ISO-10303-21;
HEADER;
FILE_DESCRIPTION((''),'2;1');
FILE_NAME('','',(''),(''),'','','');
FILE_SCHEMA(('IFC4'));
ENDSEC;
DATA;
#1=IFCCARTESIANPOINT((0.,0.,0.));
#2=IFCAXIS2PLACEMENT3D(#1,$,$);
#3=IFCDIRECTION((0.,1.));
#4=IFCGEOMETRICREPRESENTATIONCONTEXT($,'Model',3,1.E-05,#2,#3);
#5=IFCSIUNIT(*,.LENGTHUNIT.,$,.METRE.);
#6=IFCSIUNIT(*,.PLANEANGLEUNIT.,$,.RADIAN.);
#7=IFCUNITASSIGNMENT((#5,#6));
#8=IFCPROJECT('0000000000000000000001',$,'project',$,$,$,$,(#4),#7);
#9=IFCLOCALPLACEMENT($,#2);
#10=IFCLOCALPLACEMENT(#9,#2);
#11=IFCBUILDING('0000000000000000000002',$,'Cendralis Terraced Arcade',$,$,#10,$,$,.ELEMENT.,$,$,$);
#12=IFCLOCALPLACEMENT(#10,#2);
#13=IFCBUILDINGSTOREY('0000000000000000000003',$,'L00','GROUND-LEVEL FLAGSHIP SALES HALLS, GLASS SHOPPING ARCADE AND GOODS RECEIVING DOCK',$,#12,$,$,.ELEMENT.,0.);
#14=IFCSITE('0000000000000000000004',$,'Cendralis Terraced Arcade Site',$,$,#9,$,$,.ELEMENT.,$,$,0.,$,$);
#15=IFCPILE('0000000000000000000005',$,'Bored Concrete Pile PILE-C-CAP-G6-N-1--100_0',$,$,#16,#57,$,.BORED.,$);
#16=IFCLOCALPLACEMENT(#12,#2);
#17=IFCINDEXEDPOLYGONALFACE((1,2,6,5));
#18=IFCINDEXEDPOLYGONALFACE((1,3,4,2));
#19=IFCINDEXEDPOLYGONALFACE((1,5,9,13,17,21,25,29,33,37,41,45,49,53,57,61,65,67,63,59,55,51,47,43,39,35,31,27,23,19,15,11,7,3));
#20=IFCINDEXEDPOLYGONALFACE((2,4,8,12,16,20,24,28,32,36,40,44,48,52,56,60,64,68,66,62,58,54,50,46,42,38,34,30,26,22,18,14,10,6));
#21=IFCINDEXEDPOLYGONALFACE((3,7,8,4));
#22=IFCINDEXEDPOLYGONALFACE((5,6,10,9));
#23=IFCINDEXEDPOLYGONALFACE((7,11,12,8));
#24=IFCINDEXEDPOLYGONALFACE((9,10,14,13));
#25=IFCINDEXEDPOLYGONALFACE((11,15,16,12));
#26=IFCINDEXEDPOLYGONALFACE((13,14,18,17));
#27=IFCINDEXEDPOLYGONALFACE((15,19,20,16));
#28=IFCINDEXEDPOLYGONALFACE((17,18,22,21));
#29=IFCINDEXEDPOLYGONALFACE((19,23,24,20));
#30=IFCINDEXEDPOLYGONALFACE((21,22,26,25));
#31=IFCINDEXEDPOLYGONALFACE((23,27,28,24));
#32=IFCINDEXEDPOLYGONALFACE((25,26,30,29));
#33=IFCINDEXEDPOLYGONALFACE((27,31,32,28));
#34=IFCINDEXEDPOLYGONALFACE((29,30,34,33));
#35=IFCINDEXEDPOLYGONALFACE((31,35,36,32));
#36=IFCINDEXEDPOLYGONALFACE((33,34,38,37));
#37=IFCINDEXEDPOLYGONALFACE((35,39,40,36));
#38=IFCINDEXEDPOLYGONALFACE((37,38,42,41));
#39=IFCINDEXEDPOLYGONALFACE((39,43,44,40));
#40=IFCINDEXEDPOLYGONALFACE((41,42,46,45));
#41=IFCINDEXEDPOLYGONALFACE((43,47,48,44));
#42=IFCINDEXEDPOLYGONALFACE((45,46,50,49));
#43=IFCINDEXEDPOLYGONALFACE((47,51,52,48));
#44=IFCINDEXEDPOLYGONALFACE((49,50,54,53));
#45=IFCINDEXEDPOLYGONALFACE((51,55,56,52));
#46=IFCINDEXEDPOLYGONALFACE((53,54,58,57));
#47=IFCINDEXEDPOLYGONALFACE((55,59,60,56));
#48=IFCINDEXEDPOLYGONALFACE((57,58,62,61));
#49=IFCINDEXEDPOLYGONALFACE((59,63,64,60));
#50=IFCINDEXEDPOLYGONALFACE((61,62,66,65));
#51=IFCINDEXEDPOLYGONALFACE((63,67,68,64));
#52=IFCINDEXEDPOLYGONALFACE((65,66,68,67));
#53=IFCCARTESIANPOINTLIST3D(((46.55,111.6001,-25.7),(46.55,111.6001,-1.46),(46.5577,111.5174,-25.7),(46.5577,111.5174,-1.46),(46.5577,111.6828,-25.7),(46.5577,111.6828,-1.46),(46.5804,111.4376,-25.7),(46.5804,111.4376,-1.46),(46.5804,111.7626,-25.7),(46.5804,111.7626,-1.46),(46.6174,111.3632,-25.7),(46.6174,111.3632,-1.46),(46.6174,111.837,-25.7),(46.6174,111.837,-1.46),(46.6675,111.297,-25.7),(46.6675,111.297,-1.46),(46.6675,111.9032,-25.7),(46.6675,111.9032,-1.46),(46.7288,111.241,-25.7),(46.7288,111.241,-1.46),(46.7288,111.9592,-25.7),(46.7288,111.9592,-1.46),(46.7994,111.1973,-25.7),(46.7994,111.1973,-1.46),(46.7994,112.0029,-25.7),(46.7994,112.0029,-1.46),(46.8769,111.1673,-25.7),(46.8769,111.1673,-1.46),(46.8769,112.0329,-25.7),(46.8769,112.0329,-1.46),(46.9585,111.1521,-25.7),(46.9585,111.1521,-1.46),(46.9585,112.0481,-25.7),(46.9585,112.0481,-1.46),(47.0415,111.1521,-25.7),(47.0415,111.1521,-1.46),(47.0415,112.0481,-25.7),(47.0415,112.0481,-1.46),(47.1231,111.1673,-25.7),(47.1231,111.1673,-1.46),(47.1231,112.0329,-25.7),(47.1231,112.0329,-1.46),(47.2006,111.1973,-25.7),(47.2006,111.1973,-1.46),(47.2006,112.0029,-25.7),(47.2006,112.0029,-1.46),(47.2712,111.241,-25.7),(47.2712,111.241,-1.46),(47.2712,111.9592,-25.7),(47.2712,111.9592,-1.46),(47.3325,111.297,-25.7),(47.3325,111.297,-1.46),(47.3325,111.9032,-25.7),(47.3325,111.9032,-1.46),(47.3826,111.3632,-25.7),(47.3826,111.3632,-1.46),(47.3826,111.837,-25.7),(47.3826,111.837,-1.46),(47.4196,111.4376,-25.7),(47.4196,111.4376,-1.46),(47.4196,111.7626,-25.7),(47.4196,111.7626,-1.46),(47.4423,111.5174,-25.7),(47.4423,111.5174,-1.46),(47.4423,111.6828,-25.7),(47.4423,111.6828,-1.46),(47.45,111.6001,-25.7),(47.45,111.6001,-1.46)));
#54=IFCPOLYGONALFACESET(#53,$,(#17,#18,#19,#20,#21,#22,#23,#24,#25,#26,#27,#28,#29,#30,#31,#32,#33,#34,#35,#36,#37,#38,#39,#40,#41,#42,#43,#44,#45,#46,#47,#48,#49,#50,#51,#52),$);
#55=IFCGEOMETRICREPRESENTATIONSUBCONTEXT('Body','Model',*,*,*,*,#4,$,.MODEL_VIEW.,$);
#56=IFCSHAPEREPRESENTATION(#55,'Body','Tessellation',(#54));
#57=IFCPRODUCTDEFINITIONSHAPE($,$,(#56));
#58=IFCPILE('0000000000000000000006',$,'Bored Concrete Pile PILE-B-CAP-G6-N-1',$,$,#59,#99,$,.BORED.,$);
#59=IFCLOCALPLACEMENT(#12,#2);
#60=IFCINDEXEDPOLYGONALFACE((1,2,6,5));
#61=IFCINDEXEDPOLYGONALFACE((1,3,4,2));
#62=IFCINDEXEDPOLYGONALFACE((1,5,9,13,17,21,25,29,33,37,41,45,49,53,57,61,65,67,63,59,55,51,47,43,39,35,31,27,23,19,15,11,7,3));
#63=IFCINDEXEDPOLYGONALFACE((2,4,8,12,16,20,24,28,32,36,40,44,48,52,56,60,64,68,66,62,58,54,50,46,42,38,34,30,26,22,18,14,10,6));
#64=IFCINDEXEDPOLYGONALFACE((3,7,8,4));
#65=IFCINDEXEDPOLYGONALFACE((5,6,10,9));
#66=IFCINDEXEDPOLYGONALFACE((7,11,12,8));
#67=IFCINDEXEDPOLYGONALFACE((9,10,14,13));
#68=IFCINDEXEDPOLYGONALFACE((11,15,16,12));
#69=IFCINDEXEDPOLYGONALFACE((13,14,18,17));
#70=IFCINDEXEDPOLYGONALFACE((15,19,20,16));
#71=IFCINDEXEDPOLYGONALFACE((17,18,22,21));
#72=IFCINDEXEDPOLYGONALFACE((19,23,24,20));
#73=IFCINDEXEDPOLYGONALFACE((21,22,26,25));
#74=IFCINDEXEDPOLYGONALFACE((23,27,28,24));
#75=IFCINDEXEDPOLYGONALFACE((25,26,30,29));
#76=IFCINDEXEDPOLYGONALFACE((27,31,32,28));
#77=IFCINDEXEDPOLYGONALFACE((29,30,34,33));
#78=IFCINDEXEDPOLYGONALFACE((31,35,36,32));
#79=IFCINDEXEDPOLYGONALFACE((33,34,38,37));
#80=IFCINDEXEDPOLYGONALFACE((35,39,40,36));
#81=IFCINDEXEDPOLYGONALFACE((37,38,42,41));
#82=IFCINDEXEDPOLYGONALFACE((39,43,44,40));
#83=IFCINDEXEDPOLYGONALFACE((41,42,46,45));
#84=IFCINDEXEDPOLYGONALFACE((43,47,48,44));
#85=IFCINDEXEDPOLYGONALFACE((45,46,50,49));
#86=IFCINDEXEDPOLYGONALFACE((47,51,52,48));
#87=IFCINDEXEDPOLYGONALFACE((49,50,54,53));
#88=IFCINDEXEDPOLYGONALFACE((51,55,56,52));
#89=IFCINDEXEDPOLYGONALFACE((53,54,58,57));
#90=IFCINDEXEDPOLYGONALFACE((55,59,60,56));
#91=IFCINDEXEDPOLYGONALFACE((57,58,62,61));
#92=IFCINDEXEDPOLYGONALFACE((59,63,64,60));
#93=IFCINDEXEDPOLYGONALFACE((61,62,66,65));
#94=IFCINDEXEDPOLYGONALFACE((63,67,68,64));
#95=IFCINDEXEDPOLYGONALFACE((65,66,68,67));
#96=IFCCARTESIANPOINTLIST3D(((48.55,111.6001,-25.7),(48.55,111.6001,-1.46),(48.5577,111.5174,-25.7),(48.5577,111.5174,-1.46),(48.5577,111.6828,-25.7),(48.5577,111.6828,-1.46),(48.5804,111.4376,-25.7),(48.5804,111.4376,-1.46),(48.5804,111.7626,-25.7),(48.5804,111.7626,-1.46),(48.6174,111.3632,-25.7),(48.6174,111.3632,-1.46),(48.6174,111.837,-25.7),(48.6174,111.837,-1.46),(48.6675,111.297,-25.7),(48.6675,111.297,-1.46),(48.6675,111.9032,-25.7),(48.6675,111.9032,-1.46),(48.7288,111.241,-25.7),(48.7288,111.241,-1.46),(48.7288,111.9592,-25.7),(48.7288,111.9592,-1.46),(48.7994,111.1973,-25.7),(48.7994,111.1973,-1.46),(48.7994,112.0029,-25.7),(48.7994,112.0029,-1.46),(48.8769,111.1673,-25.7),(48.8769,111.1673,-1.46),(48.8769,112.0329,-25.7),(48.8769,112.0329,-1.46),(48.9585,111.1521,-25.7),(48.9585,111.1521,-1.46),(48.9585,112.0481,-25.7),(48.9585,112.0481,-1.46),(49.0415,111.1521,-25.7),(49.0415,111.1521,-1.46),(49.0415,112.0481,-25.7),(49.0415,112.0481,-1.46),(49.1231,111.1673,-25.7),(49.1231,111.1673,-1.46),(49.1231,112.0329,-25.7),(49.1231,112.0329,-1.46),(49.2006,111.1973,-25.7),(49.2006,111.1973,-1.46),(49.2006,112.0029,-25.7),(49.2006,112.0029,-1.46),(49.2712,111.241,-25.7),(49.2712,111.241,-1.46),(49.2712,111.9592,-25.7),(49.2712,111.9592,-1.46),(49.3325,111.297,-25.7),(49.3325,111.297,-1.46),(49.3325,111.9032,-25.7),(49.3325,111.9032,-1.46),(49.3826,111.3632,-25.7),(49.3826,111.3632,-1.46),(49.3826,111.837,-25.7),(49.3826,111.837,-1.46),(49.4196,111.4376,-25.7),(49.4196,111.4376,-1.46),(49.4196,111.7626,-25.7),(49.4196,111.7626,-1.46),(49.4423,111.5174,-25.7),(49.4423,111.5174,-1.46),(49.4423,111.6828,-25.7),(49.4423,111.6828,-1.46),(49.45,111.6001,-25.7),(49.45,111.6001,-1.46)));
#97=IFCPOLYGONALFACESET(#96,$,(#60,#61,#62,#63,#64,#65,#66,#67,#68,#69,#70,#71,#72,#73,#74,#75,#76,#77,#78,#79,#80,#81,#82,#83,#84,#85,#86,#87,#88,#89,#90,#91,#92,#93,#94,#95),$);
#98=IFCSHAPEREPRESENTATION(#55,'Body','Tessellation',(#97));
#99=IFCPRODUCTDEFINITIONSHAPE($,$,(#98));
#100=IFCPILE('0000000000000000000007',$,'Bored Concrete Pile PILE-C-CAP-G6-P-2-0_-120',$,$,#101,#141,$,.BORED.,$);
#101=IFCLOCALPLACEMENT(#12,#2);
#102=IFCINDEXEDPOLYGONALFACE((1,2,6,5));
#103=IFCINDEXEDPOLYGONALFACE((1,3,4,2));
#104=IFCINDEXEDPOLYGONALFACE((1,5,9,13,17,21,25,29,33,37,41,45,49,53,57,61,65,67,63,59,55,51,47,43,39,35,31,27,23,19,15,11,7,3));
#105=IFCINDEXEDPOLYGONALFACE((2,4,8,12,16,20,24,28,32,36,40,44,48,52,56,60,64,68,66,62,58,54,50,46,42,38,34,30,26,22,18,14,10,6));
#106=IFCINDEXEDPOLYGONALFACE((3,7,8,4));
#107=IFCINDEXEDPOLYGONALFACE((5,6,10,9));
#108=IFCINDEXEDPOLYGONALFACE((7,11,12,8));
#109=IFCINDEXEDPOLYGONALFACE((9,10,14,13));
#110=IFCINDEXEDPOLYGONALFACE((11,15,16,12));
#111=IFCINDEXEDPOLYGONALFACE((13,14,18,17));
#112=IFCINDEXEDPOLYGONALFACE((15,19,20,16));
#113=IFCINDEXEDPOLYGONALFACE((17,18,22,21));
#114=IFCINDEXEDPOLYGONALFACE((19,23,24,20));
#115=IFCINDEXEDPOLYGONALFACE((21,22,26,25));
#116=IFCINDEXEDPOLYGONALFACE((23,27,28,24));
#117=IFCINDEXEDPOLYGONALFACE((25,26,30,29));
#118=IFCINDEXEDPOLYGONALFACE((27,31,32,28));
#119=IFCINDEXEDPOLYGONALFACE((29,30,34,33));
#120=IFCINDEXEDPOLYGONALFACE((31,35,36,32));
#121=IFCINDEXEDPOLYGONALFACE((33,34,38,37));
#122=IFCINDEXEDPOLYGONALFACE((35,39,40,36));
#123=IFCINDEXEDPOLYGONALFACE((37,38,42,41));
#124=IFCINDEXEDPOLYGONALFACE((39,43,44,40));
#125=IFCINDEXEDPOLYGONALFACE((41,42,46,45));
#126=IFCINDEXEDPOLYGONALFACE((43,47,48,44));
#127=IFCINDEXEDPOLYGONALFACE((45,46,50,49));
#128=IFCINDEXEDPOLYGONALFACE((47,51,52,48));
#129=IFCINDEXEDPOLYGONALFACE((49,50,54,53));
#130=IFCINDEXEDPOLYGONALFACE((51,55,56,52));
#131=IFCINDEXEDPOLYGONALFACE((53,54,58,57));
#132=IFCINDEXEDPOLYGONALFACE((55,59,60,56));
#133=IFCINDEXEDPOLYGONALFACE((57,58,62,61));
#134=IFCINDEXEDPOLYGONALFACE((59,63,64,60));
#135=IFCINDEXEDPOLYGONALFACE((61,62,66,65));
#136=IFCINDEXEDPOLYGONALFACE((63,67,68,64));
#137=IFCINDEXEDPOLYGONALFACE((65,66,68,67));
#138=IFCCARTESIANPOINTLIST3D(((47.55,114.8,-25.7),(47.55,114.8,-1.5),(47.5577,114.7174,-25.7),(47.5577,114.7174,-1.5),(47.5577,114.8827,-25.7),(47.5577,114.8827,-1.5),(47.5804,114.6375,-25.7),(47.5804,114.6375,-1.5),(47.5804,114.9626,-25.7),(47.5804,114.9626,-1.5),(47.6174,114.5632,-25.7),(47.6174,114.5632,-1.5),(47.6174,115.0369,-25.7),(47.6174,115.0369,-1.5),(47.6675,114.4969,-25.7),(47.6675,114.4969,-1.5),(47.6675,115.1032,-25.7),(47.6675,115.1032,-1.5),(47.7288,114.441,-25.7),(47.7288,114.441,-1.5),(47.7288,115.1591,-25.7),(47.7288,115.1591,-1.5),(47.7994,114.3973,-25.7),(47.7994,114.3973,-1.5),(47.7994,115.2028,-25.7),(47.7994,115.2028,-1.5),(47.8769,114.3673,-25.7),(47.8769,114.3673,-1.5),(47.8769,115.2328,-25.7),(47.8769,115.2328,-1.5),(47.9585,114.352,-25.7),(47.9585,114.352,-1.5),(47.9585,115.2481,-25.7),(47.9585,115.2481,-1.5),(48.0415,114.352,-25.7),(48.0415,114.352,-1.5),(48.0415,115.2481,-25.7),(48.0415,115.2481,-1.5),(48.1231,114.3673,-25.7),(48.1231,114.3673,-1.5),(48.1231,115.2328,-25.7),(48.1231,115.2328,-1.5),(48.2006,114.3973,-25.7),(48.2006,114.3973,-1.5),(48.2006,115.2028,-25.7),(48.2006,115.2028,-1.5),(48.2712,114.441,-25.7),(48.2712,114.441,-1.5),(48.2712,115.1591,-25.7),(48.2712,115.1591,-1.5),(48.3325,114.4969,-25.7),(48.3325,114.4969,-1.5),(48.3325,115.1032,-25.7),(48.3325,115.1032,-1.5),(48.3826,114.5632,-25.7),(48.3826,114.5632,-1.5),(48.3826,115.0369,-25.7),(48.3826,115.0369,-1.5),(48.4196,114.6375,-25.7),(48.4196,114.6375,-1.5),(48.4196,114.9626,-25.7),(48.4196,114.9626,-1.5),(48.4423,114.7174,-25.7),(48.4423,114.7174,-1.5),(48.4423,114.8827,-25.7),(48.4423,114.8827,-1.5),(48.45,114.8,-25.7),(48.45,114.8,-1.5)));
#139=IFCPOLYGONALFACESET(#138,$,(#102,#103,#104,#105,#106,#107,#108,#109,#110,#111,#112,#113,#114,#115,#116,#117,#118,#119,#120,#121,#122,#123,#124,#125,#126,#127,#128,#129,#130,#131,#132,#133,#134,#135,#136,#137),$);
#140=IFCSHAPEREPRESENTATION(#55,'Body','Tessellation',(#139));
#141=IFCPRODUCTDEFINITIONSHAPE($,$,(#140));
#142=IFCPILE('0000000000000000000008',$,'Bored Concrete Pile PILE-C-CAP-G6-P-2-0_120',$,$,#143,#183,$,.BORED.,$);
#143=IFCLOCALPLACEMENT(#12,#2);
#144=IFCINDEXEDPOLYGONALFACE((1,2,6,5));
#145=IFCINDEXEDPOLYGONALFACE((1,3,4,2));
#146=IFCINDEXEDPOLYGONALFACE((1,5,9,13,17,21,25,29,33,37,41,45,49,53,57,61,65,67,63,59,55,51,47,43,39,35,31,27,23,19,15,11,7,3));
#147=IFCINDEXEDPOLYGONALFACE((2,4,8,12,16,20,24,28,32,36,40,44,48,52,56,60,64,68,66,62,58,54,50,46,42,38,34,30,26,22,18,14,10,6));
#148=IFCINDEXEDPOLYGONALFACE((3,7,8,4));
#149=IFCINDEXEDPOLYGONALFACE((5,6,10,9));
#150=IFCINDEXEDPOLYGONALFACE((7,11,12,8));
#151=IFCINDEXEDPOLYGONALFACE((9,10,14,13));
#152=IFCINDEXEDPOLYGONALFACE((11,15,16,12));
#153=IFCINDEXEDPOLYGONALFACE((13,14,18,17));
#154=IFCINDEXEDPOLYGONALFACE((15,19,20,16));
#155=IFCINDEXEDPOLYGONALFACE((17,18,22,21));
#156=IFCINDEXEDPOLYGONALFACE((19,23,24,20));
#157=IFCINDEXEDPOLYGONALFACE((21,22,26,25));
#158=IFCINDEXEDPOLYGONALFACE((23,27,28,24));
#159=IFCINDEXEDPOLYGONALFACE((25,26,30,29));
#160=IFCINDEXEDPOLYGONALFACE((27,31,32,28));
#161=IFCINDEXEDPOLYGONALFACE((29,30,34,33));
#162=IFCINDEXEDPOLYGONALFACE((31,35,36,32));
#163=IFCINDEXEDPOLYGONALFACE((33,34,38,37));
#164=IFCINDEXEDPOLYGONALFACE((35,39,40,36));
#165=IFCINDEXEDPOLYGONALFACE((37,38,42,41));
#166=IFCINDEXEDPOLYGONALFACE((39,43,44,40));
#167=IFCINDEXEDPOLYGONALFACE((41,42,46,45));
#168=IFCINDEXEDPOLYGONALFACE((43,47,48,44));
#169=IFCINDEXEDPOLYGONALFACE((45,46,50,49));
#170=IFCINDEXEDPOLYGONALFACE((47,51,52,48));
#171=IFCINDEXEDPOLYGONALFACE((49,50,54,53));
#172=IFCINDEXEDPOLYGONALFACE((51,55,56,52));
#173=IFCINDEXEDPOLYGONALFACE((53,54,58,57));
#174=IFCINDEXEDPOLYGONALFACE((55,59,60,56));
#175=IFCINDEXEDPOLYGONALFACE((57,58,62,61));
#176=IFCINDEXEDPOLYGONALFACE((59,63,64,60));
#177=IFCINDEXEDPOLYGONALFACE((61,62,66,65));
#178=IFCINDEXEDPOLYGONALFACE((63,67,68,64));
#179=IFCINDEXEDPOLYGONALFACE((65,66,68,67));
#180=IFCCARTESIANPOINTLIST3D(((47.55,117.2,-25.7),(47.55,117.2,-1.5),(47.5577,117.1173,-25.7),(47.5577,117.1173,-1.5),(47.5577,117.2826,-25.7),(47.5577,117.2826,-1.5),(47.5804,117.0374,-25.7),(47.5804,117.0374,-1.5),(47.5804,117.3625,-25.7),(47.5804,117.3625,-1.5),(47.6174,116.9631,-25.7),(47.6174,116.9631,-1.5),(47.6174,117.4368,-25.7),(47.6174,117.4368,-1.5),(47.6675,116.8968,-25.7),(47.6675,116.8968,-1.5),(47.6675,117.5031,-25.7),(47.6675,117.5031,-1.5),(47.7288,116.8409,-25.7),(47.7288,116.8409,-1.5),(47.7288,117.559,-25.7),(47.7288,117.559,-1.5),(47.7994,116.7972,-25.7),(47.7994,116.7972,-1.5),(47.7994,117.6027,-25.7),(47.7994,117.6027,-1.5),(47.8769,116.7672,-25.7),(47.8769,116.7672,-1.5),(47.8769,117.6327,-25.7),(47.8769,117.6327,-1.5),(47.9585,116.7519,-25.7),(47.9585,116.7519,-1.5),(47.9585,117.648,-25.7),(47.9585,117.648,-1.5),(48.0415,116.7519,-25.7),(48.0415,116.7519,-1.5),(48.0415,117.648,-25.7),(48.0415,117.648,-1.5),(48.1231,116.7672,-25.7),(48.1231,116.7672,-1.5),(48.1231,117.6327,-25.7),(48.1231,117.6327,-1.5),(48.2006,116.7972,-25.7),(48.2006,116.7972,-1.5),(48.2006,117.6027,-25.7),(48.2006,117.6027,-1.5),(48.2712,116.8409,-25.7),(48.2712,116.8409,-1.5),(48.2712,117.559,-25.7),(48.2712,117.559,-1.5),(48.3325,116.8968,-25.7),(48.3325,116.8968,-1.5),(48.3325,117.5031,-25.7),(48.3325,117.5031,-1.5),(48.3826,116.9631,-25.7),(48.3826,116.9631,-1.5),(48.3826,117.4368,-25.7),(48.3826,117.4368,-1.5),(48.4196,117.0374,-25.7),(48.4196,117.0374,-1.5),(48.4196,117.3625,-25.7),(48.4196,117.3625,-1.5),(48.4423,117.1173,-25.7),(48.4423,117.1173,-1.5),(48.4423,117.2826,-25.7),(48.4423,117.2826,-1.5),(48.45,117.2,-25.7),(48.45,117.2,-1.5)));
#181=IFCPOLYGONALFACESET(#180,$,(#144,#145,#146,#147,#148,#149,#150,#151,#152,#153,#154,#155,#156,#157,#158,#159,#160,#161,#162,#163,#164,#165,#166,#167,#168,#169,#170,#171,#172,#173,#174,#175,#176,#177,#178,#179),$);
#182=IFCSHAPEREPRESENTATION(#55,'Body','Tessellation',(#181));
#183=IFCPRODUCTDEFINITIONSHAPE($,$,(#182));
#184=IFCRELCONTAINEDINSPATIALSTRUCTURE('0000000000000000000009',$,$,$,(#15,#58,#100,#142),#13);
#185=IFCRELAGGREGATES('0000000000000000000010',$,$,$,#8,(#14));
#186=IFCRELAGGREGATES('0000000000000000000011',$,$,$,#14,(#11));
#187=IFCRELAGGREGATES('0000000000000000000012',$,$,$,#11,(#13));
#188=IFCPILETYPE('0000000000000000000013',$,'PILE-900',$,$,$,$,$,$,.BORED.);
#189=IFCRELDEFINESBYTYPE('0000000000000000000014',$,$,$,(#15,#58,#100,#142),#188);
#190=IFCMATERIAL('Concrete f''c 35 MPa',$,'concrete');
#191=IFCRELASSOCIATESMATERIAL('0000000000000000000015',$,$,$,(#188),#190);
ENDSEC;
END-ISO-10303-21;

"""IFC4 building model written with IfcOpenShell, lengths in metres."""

from ifc_helpers import new_model, si_unit, direction, frame, origin, origin_2d, place, context, subcontext, project, spatial, circle, extrude, material, material_profile, profile_set, type_object, element, save


model = new_model("IFC4")

# Units and contexts
model_context = context("Model", 3, precision=1e-05, world=origin(), true_north=direction((0.0, 1.0)))
body_context = subcontext(model_context, "Body", "Model", "MODEL_VIEW")
ifc_project = project(units=[si_unit("LENGTHUNIT", "METRE"), si_unit("PLANEANGLEUNIT", "RADIAN")], contexts=[model_context])

# Site, building, storey
site_placement = place(None, origin())
site = spatial("IfcSite", under=ifc_project, at=site_placement, Name="Cendralis Terraced Arcade Site", CompositionType="ELEMENT", RefElevation=0.0)
building_placement = place(site_placement, origin())
building = spatial("IfcBuilding", under=site, at=building_placement, Name="Cendralis Terraced Arcade", CompositionType="ELEMENT")
storey_placement = place(building_placement, origin())
storey = spatial("IfcBuildingStorey", under=building, at=storey_placement, Name="L00", Description="GROUND-LEVEL FLAGSHIP SALES HALLS, GLASS SHOPPING ARCADE AND GOODS RECEIVING DOCK", CompositionType="ELEMENT", Elevation=0.0)

# Shared definitions
ifc_material_1 = material(Name="Concrete f'c 35 MPa", Category="concrete")

# Piles
ifc_material_profile_1 = material_profile(ifc_material_1, circle(Radius=0.45, at=origin_2d()), Name="PILE-D900", Category="LoadBearing")
ifc_profile_set_1 = profile_set([ifc_material_profile_1], Name="Concrete f'c 35 MPa")
pile_type_1 = type_object("IfcPileType", Name="PILE-900", PredefinedType="BORED", material=ifc_profile_set_1)
for number, where, z_axis, x_axis, name in (
    (1, (47.0, 111.6001, -1.46), (0.0, 0.0, -1.0), (1.0, 0.0, 0.0), "Bored Concrete Pile PILE-C-CAP-G6-N-1--100_0"),
    (2, (49.0, 111.6001, -1.46), (0.0, 0.0, -1.0), (1.0, 0.0, 0.0), "Bored Concrete Pile PILE-B-CAP-G6-N-1"),
):
    element("IfcPile", number, at=place(storey_placement, frame(where, z_axis=z_axis, x_axis=x_axis)), inside=storey, type_object=pile_type_1, Name=name, PredefinedType="BORED", context=body_context, shape_type="SweptSolid", body=[
        extrude(circle(Radius=0.45, at=origin_2d()), origin(), (0.0, 0.0, 1.0), 24.24),
    ])
for number, where, z_axis, x_axis, name in (
    (3, (48.0, 114.8, -1.5), (0.0, 0.0, -1.0), (1.0, 0.0, 0.0), "Bored Concrete Pile PILE-C-CAP-G6-P-2-0_-120"),
    (4, (48.0, 117.2, -1.5), (0.0, 0.0, -1.0), (1.0, 0.0, 0.0), "Bored Concrete Pile PILE-C-CAP-G6-P-2-0_120"),
):
    element("IfcPile", number, at=place(storey_placement, frame(where, z_axis=z_axis, x_axis=x_axis)), inside=storey, type_object=pile_type_1, Name=name, PredefinedType="BORED", context=body_context, shape_type="SweptSolid", body=[
        extrude(circle(Radius=0.45, at=origin_2d()), origin(), (0.0, 0.0, 1.0), 24.2),
    ])

save(model, "model.ifc")
